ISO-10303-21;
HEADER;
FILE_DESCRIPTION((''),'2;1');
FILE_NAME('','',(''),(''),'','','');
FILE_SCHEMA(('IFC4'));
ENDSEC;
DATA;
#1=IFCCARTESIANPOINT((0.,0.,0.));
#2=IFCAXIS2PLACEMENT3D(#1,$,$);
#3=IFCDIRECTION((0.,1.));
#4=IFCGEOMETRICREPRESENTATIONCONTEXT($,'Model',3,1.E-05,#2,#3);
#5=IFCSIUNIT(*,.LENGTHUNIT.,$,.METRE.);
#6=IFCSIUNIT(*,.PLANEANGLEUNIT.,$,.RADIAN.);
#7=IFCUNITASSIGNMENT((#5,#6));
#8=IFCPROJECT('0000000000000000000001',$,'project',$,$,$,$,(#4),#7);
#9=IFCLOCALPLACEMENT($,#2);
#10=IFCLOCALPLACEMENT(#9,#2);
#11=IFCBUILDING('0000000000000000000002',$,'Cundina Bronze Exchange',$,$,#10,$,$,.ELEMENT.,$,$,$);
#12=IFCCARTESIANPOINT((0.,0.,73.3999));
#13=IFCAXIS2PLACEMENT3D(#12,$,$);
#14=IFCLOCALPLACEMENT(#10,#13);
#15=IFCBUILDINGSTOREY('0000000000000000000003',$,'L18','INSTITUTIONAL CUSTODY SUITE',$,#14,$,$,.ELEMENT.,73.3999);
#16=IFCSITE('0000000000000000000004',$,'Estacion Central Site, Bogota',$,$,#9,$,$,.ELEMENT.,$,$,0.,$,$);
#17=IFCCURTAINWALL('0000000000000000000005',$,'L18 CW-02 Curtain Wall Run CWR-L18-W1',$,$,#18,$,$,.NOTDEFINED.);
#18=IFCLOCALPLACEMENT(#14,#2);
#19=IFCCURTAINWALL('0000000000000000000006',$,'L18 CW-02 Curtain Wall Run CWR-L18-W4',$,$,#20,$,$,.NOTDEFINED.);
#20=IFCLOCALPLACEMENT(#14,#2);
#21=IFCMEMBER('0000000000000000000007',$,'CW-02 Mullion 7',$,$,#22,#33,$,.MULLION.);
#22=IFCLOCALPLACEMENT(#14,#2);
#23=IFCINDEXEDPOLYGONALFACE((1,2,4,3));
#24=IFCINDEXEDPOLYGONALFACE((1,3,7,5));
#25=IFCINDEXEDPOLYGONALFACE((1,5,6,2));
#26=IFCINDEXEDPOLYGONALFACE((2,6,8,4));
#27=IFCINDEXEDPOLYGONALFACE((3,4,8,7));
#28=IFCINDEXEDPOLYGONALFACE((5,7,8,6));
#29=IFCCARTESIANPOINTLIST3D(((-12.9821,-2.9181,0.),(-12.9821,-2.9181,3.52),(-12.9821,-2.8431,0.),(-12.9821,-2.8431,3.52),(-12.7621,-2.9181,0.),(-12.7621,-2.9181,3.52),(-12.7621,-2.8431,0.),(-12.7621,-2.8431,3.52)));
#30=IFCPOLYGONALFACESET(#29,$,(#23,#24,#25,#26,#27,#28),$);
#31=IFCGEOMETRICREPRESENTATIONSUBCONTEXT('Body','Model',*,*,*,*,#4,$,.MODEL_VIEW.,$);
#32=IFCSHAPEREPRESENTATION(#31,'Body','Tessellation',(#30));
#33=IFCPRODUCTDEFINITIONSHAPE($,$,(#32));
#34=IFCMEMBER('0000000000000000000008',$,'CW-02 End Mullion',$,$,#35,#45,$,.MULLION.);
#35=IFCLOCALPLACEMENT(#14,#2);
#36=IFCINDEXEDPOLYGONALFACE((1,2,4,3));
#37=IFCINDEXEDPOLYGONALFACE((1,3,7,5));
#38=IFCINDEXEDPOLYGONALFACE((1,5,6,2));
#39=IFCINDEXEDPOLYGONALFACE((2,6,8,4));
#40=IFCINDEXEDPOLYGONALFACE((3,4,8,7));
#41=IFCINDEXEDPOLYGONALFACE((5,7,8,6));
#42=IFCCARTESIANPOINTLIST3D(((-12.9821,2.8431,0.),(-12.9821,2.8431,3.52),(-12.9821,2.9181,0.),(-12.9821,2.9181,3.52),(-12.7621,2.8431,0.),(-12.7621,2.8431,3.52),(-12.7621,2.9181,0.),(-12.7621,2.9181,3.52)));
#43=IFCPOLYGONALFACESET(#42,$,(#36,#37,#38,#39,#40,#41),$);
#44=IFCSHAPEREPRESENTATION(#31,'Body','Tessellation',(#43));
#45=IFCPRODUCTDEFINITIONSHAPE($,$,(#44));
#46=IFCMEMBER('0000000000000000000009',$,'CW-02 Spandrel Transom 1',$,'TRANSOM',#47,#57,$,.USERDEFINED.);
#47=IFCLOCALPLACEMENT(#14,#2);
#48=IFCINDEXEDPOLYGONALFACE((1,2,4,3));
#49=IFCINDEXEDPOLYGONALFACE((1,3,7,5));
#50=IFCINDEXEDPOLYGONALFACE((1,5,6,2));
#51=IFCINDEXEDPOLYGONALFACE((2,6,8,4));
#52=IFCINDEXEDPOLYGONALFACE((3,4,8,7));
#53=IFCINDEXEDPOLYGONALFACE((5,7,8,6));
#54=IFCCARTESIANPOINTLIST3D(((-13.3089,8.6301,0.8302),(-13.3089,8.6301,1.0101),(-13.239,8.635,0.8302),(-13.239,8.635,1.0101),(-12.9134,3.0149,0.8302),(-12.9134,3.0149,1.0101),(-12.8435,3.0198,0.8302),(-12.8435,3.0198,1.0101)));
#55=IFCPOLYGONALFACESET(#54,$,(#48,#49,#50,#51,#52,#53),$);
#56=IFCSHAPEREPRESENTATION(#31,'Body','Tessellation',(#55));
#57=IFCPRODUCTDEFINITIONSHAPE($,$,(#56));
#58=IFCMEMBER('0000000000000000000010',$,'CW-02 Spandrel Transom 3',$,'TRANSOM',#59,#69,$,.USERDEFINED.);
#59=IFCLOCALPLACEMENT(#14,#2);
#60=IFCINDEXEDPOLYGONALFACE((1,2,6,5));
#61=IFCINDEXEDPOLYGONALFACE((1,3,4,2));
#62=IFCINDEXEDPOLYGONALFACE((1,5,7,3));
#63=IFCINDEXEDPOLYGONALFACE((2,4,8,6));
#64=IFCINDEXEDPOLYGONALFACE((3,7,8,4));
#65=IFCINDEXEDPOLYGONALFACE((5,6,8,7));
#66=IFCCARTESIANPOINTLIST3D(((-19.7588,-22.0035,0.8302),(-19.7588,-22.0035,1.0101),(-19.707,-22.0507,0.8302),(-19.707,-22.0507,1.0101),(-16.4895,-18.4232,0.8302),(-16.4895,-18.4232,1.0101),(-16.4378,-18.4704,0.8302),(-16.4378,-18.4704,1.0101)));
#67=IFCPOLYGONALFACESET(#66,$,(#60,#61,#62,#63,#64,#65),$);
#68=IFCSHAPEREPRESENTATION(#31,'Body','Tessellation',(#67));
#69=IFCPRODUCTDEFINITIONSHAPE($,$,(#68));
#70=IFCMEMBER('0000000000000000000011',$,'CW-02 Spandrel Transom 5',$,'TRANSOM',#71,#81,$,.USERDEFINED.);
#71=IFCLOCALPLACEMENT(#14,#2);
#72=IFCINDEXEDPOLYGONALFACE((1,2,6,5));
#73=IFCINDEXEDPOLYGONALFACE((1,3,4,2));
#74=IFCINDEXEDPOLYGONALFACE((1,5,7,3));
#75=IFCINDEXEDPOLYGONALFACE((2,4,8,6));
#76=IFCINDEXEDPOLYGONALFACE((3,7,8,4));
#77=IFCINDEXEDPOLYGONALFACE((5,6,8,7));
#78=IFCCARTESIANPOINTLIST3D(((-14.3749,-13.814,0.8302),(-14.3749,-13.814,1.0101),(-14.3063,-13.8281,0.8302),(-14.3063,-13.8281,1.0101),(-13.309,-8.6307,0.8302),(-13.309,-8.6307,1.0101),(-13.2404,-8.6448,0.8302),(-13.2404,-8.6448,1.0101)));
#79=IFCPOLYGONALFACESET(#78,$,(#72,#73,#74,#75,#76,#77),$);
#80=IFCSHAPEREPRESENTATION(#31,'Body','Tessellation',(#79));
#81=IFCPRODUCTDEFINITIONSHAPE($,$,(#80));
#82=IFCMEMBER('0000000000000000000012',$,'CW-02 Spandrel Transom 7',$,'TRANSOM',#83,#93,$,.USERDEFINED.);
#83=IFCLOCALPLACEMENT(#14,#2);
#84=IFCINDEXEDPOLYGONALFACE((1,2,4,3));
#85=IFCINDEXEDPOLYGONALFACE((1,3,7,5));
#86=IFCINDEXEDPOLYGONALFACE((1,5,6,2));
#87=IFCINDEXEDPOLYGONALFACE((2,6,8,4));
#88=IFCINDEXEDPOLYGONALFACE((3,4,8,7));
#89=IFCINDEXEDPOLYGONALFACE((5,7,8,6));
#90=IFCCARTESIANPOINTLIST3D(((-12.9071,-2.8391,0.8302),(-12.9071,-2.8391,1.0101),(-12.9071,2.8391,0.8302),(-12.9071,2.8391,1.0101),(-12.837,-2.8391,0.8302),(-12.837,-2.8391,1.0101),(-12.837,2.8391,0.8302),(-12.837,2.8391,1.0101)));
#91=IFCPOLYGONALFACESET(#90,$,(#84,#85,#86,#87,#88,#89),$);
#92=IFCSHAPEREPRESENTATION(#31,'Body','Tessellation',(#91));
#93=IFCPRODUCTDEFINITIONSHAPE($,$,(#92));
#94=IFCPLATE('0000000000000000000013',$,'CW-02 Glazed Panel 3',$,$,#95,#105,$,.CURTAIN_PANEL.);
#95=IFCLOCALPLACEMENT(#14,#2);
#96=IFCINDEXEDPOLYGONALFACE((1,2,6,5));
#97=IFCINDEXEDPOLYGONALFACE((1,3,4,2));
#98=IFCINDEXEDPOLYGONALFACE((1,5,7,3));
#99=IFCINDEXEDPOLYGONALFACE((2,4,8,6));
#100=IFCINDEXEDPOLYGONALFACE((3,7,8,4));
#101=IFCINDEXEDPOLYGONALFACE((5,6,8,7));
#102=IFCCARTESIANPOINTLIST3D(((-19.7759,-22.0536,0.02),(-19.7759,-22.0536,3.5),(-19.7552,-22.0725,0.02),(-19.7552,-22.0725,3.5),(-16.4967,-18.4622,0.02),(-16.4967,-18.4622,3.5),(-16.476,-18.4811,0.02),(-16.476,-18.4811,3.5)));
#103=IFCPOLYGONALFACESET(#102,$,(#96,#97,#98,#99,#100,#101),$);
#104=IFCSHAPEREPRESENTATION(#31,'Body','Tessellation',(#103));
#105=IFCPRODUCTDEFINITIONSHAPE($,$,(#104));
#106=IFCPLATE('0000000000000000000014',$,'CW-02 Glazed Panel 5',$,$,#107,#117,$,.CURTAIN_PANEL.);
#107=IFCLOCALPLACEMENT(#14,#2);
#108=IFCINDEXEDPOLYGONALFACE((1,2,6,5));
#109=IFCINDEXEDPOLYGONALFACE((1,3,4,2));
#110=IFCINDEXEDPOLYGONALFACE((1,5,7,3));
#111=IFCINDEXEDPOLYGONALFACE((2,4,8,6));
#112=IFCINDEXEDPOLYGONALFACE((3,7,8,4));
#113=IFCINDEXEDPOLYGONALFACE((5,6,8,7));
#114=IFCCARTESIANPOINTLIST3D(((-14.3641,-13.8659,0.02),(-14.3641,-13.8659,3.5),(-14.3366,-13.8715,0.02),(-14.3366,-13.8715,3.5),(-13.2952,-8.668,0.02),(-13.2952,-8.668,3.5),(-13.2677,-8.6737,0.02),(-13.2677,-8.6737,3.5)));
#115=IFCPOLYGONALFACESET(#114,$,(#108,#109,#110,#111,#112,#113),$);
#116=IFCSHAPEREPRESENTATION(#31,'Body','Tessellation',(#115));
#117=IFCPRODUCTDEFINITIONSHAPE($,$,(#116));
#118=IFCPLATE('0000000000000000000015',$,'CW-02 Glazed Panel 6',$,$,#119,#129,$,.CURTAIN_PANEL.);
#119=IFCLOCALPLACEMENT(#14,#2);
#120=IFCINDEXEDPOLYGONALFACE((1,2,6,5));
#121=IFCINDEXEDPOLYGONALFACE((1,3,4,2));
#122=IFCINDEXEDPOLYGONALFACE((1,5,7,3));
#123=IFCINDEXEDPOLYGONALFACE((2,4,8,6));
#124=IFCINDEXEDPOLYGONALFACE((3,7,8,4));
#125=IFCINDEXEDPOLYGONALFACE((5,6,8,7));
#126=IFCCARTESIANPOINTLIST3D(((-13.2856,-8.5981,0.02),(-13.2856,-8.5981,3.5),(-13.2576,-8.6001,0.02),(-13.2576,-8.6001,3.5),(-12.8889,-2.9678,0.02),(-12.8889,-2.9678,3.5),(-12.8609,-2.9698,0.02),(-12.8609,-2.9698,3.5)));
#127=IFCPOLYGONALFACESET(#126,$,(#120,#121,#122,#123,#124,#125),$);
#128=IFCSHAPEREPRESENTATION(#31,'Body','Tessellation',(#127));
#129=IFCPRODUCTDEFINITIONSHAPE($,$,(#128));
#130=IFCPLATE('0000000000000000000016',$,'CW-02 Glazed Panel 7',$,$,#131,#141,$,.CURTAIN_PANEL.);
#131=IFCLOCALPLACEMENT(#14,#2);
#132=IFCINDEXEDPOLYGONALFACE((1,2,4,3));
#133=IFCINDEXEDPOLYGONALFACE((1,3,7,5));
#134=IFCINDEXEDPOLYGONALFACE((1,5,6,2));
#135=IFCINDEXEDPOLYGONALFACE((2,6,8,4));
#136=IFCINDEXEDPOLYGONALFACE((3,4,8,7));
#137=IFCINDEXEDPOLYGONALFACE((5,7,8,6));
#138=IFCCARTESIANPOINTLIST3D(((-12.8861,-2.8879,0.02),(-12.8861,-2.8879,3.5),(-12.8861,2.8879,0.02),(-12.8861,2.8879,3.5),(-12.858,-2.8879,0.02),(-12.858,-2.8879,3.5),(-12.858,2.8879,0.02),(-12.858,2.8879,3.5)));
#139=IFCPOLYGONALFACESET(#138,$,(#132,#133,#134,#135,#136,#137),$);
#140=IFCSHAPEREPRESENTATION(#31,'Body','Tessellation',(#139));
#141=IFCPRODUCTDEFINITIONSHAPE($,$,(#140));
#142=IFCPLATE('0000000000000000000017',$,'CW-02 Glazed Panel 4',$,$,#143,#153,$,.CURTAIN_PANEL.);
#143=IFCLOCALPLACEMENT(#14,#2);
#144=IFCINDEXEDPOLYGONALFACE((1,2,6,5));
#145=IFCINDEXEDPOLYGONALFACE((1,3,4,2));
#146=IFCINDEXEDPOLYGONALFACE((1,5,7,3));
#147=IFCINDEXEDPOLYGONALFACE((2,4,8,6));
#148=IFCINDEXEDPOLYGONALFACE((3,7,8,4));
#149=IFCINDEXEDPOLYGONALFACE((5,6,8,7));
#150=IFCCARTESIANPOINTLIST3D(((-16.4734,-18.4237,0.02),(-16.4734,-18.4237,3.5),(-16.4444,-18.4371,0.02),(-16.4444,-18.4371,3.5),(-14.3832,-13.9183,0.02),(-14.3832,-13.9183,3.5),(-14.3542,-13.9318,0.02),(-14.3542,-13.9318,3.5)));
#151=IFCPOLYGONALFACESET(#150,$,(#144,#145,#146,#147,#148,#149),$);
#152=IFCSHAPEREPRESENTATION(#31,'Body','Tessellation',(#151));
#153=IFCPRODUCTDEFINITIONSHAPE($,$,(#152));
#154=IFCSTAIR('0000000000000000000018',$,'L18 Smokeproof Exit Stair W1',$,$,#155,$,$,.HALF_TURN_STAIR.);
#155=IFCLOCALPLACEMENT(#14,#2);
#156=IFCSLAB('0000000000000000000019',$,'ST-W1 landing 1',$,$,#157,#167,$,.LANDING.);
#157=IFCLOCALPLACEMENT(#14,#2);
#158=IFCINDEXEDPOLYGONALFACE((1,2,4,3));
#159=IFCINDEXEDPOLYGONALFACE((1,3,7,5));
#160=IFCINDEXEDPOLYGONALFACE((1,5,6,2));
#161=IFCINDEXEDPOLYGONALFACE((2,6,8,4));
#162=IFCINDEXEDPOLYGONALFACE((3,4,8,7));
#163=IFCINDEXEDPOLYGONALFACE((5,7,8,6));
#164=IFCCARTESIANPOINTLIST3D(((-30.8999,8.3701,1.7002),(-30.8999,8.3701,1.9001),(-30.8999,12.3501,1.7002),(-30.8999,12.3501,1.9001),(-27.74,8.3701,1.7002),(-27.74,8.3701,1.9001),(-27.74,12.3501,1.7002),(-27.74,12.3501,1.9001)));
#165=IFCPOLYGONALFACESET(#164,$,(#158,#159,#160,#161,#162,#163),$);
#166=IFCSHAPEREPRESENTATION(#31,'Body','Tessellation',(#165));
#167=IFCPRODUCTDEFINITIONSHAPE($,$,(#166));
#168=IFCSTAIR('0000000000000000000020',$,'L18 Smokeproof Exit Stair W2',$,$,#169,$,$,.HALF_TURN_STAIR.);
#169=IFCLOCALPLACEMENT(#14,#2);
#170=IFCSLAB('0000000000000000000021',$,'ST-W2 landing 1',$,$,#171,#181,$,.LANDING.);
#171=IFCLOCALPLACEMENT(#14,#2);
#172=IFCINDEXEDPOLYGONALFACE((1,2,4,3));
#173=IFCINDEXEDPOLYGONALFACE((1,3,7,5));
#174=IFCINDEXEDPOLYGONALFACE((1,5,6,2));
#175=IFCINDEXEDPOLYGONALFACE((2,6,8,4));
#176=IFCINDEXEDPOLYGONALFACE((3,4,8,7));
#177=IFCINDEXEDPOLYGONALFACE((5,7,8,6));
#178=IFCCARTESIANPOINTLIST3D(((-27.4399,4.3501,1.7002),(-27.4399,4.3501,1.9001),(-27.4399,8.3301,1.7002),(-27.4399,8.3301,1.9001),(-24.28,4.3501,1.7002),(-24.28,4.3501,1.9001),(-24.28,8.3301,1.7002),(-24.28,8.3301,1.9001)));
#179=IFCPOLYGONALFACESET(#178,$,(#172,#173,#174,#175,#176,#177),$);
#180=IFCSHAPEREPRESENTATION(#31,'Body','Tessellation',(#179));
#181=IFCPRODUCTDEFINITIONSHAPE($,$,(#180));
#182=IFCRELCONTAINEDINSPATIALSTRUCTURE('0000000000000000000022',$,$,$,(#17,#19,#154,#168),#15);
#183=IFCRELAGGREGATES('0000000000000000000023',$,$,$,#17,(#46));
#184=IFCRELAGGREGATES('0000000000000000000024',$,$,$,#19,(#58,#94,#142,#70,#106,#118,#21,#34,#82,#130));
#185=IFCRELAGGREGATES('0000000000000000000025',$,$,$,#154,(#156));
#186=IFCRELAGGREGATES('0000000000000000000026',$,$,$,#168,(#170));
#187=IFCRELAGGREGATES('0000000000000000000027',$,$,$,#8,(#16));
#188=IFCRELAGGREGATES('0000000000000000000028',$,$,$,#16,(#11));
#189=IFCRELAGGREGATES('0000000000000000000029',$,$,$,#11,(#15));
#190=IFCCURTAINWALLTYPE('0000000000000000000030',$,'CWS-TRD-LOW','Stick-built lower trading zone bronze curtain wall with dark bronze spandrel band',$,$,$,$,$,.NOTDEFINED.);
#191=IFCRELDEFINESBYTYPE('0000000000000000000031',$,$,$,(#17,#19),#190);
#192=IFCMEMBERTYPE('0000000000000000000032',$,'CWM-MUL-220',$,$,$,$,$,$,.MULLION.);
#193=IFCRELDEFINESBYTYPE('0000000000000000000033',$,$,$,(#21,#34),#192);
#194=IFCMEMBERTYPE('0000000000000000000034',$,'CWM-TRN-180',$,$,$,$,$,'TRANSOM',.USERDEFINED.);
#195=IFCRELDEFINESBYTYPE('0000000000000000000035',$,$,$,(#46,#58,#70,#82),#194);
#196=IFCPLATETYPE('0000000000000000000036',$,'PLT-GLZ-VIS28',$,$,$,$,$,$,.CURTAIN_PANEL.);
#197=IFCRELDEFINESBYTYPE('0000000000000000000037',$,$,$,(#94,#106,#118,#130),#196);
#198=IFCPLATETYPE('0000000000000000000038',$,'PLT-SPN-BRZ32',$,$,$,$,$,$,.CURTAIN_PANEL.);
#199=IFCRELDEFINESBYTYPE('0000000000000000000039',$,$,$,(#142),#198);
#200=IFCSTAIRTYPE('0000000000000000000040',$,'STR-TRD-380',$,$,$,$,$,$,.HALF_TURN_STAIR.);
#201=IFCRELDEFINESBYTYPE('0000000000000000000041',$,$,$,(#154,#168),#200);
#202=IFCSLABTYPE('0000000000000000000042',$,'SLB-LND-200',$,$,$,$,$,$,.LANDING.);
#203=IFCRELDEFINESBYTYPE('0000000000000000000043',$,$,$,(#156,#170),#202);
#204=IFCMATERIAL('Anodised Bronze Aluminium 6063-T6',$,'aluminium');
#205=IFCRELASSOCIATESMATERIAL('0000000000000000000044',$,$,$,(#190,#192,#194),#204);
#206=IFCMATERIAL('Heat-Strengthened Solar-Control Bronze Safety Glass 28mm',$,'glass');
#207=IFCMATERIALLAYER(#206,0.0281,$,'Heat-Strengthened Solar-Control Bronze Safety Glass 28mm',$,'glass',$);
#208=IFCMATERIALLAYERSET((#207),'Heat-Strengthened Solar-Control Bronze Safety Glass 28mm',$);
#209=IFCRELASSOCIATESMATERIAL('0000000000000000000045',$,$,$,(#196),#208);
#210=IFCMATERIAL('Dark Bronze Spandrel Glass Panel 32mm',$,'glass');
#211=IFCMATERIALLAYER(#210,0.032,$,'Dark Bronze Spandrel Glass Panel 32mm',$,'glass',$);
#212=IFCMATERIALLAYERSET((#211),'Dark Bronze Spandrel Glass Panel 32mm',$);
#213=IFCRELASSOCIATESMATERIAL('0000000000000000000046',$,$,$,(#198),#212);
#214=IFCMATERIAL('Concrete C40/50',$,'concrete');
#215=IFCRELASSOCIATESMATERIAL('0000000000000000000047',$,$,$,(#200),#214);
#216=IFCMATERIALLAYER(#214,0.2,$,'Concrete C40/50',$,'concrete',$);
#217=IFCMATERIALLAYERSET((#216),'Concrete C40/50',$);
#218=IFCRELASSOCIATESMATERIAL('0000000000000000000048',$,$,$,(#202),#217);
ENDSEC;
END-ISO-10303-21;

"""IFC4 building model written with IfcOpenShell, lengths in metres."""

from ifc_helpers import new_model, si_unit, direction, frame, origin, origin_2d, place, context, subcontext, project, spatial, polyline, rectangle, outline, extrude, material, layer, layer_set, material_profile, profile_set, type_object, element, aggregate, save


model = new_model("IFC4")

# Units and contexts
model_context = context("Model", 3, precision=1e-05, world=origin(), true_north=direction((0.0, 1.0)))
body_context = subcontext(model_context, "Body", "Model", "MODEL_VIEW")
ifc_project = project(units=[si_unit("LENGTHUNIT", "METRE"), si_unit("PLANEANGLEUNIT", "RADIAN")], contexts=[model_context])

# Site, building, storey
site_placement = place(None, origin())
site = spatial("IfcSite", under=ifc_project, at=site_placement, Name="Estacion Central Site, Bogota", CompositionType="ELEMENT", RefElevation=0.0)
building_placement = place(site_placement, origin())
building = spatial("IfcBuilding", under=site, at=building_placement, Name="Cundina Bronze Exchange", CompositionType="ELEMENT")
storey_placement = place(building_placement, frame((0.0, 0.0, 73.3999)))
storey = spatial("IfcBuildingStorey", under=building, at=storey_placement, Name="L18", Description="INSTITUTIONAL CUSTODY SUITE", CompositionType="ELEMENT", Elevation=73.3999)

# Curtain wall
ifc_material_1 = material(Name="Anodised Bronze Aluminium 6063-T6", Category="aluminium")
curtain_wall_type = type_object("IfcCurtainWallType", Name="CWS-TRD-LOW", Description="Stick-built lower trading zone bronze curtain wall with dark bronze spandrel band", PredefinedType="NOTDEFINED", material=ifc_material_1)
curtain_wall_1_placement = place(storey_placement, origin())
curtain_wall_1 = element("IfcCurtainWall", 1, at=curtain_wall_1_placement, inside=storey, type_object=curtain_wall_type, Name="L18 CW-02 Curtain Wall Run CWR-L18-W1", PredefinedType="NOTDEFINED")
ifc_material_profile_1 = material_profile(ifc_material_1, rectangle(XDim=0.075, YDim=0.22, at=origin_2d()), Name="AL75X220", Category="aluminium")
ifc_profile_set_1 = profile_set([ifc_material_profile_1], Name="Anodised Bronze Aluminium 6063-T6")
member_type_1 = type_object("IfcMemberType", Name="CWM-MUL-220", PredefinedType="MULLION", material=ifc_profile_set_1)

# Curtain wall, members
curtain_wall_2_placement = place(storey_placement, origin())
curtain_wall_2 = element("IfcCurtainWall", 2, at=curtain_wall_2_placement, inside=storey, type_object=curtain_wall_type, Name="L18 CW-02 Curtain Wall Run CWR-L18-W4", PredefinedType="NOTDEFINED")
member_1_placement = place(storey_placement, frame((-12.8721, -2.8806, 0.0), z_axis=(0.0, 0.0, 1.0), x_axis=(0.0, 1.0, 0.0)))
member_1 = element("IfcMember", 3, at=member_1_placement, type_object=member_type_1, Name="CW-02 Mullion 7", PredefinedType="MULLION", context=body_context, shape_type="SweptSolid", body=[
    extrude(rectangle(XDim=0.075, YDim=0.22, at=origin_2d()), origin(), (0.0, 0.0, 1.0), 3.52),
])
member_2_placement = place(storey_placement, frame((-12.8721, 2.8806, 0.0), z_axis=(0.0, 0.0, 1.0), x_axis=(0.0, 1.0, 0.0)))
member_2 = element("IfcMember", 4, at=member_2_placement, type_object=member_type_1, Name="CW-02 End Mullion", PredefinedType="MULLION", context=body_context, shape_type="SweptSolid", body=[
    extrude(rectangle(XDim=0.075, YDim=0.22, at=origin_2d()), origin(), (0.0, 0.0, 1.0), 3.52),
])

# Members
ifc_material_profile_2 = material_profile(ifc_material_1, rectangle(XDim=0.0701, YDim=0.1799, at=origin_2d()), Name="AL70X180", Category="aluminium")
ifc_profile_set_2 = profile_set([ifc_material_profile_2], Name="Anodised Bronze Aluminium 6063-T6")
member_type_2 = type_object("IfcMemberType", Name="CWM-TRN-180", ElementType="TRANSOM", PredefinedType="USERDEFINED", material=ifc_profile_set_2)
member_3_placement = place(storey_placement, frame((-12.8784, 3.0173, 0.9202), z_axis=(-0.070261, 0.997529, 0.0), x_axis=(-0.997529, -0.070261, 0.0)))
member_3 = element("IfcMember", 5, at=member_3_placement, type_object=member_type_2, Name="CW-02 Spandrel Transom 1", ObjectType="TRANSOM", PredefinedType="USERDEFINED", context=body_context, shape_type="SweptSolid", body=[
    extrude(rectangle(XDim=0.0701, YDim=0.1799, at=origin_2d()), origin(), (0.0, 0.0, 1.0), 5.6292),
])
aggregate(curtain_wall_1, [member_3])
member_4_placement = place(storey_placement, frame((-19.7329, -22.0271, 0.9202), z_axis=(0.674303, 0.738455, 0.0), x_axis=(-0.738455, 0.674303, 0.0)))
member_4 = element("IfcMember", 6, at=member_4_placement, type_object=member_type_2, Name="CW-02 Spandrel Transom 3", ObjectType="TRANSOM", PredefinedType="USERDEFINED", context=body_context, shape_type="SweptSolid", body=[
    extrude(rectangle(XDim=0.0701, YDim=0.1799, at=origin_2d()), origin(), (0.0, 0.0, 1.0), 4.8484),
])
member_5_placement = place(storey_placement, frame((-14.3406, -13.821, 0.9202), z_axis=(0.201428, 0.979503, 0.0), x_axis=(-0.979503, 0.201428, 0.0)))
member_5 = element("IfcMember", 7, at=member_5_placement, type_object=member_type_2, Name="CW-02 Spandrel Transom 5", ObjectType="TRANSOM", PredefinedType="USERDEFINED", context=body_context, shape_type="SweptSolid", body=[
    extrude(rectangle(XDim=0.0701, YDim=0.1799, at=origin_2d()), origin(), (0.0, 0.0, 1.0), 5.2917),
])
member_6_placement = place(storey_placement, frame((-12.8721, -2.8391, 0.9202), z_axis=(0.0, 1.0, 0.0), x_axis=(-1.0, 0.0, 0.0)))
member_6 = element("IfcMember", 8, at=member_6_placement, type_object=member_type_2, Name="CW-02 Spandrel Transom 7", ObjectType="TRANSOM", PredefinedType="USERDEFINED", context=body_context, shape_type="SweptSolid", body=[
    extrude(rectangle(XDim=0.0701, YDim=0.1799, at=origin_2d()), origin(), (0.0, 0.0, 1.0), 5.6782),
])

# Plates
ifc_material_2 = material(Name="Heat-Strengthened Solar-Control Bronze Safety Glass 28mm", Category="glass")
ifc_layer_1 = layer(ifc_material_2, 0.0281, Name="Heat-Strengthened Solar-Control Bronze Safety Glass 28mm", Category="glass")
ifc_layer_set_1 = layer_set([ifc_layer_1], Name="Heat-Strengthened Solar-Control Bronze Safety Glass 28mm")
plate_type_1 = type_object("IfcPlateType", Name="PLT-GLZ-VIS28", PredefinedType="CURTAIN_PANEL", material=ifc_layer_set_1)
plate_1_placement = place(storey_placement, frame((-18.126, -20.2673, 0.02), z_axis=(0.0, 0.0, 1.0), x_axis=(0.674277, 0.738479, 0.0)))
plate_1 = element("IfcPlate", 9, at=plate_1_placement, type_object=plate_type_1, Name="CW-02 Glazed Panel 3", PredefinedType="CURTAIN_PANEL", context=body_context, shape_type="SweptSolid", body=[
    extrude(rectangle(XDim=4.8633, YDim=0.0281, at=origin_2d()), origin(), (0.0, 0.0, 1.0), 3.48),
])
plate_2_placement = place(storey_placement, frame((-13.8159, -11.2698, 0.02), z_axis=(0.0, 0.0, 1.0), x_axis=(0.20142, 0.979505, 0.0)))
plate_2 = element("IfcPlate", 10, at=plate_2_placement, type_object=plate_type_1, Name="CW-02 Glazed Panel 5", PredefinedType="CURTAIN_PANEL", context=body_context, shape_type="SweptSolid", body=[
    extrude(rectangle(XDim=5.3066, YDim=0.0281, at=origin_2d()), origin(), (0.0, 0.0, 1.0), 3.48),
])
plate_3_placement = place(storey_placement, frame((-13.0732, -5.7839, 0.02), z_axis=(0.0, 0.0, 1.0), x_axis=(0.070279, 0.997527, 0.0)))
plate_3 = element("IfcPlate", 11, at=plate_3_placement, type_object=plate_type_1, Name="CW-02 Glazed Panel 6", PredefinedType="CURTAIN_PANEL", context=body_context, shape_type="SweptSolid", body=[
    extrude(rectangle(XDim=5.6443, YDim=0.0281, at=origin_2d()), origin(), (0.0, 0.0, 1.0), 3.48),
])
plate_4_placement = place(storey_placement, frame((-12.8721, 0.0, 0.02), z_axis=(0.0, 0.0, 1.0), x_axis=(0.0, 1.0, 0.0)))
plate_4 = element("IfcPlate", 12, at=plate_4_placement, type_object=plate_type_1, Name="CW-02 Glazed Panel 7", PredefinedType="CURTAIN_PANEL", context=body_context, shape_type="SweptSolid", body=[
    extrude(rectangle(XDim=5.7759, YDim=0.0281, at=origin_2d()), origin(), (0.0, 0.0, 1.0), 3.48),
])
ifc_material_3 = material(Name="Dark Bronze Spandrel Glass Panel 32mm", Category="glass")
ifc_layer_2 = layer(ifc_material_3, 0.032, Name="Dark Bronze Spandrel Glass Panel 32mm", Category="glass")
ifc_layer_set_2 = layer_set([ifc_layer_2], Name="Dark Bronze Spandrel Glass Panel 32mm")
plate_type_2 = type_object("IfcPlateType", Name="PLT-SPN-BRZ32", PredefinedType="CURTAIN_PANEL", material=ifc_layer_set_2)
plate_5_placement = place(storey_placement, frame((-15.4138, -16.1777, 0.02), z_axis=(0.0, 0.0, 1.0), x_axis=(0.420846, 0.907132, 0.0)))
plate_5 = element("IfcPlate", 13, at=plate_5_placement, type_object=plate_type_2, Name="CW-02 Glazed Panel 4", PredefinedType="CURTAIN_PANEL", context=body_context, shape_type="SweptSolid", body=[
    extrude(rectangle(XDim=4.9666, YDim=0.032, at=origin_2d()), origin(), (0.0, 0.0, 1.0), 3.48),
])
aggregate(curtain_wall_2, [member_4, plate_1, plate_5, member_5, plate_2, plate_3, member_1, member_2, member_6, plate_4])

# Stairs, slabs
ifc_material_4 = material(Name="Concrete C40/50", Category="concrete")
stair_type = type_object("IfcStairType", Name="STR-TRD-380", PredefinedType="HALF_TURN_STAIR", material=ifc_material_4)
stair_1_placement = place(storey_placement, origin())
stair_1 = element("IfcStair", 14, at=stair_1_placement, inside=storey, type_object=stair_type, Name="L18 Smokeproof Exit Stair W1", PredefinedType="HALF_TURN_STAIR")
ifc_layer_3 = layer(ifc_material_4, 0.2, Name="Concrete C40/50", Category="concrete")
ifc_layer_set_3 = layer_set([ifc_layer_3], Name="Concrete C40/50")
slab_type_1 = type_object("IfcSlabType", Name="SLB-LND-200", PredefinedType="LANDING", material=ifc_layer_set_3)
slab_1_placement = place(storey_placement, frame((0.0, 0.0, 1.7002)))
slab_1 = element("IfcSlab", 15, at=slab_1_placement, type_object=slab_type_1, Name="ST-W1 landing 1", PredefinedType="LANDING", context=body_context, shape_type="SweptSolid", body=[
    extrude(outline(polyline([(-27.74, 8.3701), (-27.74, 12.3501), (-30.8999, 12.3501), (-30.8999, 8.3701), (-27.74, 8.3701)])), origin(), (0.0, 0.0, 1.0), 0.2),
])
aggregate(stair_1, [slab_1])
stair_2_placement = place(storey_placement, origin())
stair_2 = element("IfcStair", 16, at=stair_2_placement, inside=storey, type_object=stair_type, Name="L18 Smokeproof Exit Stair W2", PredefinedType="HALF_TURN_STAIR")
slab_2_placement = place(storey_placement, frame((0.0, 0.0, 1.7002)))
slab_2 = element("IfcSlab", 17, at=slab_2_placement, type_object=slab_type_1, Name="ST-W2 landing 1", PredefinedType="LANDING", context=body_context, shape_type="SweptSolid", body=[
    extrude(outline(polyline([(-27.4399, 8.3301), (-27.4399, 4.3501), (-24.28, 4.3501), (-24.28, 8.3301), (-27.4399, 8.3301)])), origin(), (0.0, 0.0, 1.0), 0.2),
])
aggregate(stair_2, [slab_2])

save(model, "model.ifc")
